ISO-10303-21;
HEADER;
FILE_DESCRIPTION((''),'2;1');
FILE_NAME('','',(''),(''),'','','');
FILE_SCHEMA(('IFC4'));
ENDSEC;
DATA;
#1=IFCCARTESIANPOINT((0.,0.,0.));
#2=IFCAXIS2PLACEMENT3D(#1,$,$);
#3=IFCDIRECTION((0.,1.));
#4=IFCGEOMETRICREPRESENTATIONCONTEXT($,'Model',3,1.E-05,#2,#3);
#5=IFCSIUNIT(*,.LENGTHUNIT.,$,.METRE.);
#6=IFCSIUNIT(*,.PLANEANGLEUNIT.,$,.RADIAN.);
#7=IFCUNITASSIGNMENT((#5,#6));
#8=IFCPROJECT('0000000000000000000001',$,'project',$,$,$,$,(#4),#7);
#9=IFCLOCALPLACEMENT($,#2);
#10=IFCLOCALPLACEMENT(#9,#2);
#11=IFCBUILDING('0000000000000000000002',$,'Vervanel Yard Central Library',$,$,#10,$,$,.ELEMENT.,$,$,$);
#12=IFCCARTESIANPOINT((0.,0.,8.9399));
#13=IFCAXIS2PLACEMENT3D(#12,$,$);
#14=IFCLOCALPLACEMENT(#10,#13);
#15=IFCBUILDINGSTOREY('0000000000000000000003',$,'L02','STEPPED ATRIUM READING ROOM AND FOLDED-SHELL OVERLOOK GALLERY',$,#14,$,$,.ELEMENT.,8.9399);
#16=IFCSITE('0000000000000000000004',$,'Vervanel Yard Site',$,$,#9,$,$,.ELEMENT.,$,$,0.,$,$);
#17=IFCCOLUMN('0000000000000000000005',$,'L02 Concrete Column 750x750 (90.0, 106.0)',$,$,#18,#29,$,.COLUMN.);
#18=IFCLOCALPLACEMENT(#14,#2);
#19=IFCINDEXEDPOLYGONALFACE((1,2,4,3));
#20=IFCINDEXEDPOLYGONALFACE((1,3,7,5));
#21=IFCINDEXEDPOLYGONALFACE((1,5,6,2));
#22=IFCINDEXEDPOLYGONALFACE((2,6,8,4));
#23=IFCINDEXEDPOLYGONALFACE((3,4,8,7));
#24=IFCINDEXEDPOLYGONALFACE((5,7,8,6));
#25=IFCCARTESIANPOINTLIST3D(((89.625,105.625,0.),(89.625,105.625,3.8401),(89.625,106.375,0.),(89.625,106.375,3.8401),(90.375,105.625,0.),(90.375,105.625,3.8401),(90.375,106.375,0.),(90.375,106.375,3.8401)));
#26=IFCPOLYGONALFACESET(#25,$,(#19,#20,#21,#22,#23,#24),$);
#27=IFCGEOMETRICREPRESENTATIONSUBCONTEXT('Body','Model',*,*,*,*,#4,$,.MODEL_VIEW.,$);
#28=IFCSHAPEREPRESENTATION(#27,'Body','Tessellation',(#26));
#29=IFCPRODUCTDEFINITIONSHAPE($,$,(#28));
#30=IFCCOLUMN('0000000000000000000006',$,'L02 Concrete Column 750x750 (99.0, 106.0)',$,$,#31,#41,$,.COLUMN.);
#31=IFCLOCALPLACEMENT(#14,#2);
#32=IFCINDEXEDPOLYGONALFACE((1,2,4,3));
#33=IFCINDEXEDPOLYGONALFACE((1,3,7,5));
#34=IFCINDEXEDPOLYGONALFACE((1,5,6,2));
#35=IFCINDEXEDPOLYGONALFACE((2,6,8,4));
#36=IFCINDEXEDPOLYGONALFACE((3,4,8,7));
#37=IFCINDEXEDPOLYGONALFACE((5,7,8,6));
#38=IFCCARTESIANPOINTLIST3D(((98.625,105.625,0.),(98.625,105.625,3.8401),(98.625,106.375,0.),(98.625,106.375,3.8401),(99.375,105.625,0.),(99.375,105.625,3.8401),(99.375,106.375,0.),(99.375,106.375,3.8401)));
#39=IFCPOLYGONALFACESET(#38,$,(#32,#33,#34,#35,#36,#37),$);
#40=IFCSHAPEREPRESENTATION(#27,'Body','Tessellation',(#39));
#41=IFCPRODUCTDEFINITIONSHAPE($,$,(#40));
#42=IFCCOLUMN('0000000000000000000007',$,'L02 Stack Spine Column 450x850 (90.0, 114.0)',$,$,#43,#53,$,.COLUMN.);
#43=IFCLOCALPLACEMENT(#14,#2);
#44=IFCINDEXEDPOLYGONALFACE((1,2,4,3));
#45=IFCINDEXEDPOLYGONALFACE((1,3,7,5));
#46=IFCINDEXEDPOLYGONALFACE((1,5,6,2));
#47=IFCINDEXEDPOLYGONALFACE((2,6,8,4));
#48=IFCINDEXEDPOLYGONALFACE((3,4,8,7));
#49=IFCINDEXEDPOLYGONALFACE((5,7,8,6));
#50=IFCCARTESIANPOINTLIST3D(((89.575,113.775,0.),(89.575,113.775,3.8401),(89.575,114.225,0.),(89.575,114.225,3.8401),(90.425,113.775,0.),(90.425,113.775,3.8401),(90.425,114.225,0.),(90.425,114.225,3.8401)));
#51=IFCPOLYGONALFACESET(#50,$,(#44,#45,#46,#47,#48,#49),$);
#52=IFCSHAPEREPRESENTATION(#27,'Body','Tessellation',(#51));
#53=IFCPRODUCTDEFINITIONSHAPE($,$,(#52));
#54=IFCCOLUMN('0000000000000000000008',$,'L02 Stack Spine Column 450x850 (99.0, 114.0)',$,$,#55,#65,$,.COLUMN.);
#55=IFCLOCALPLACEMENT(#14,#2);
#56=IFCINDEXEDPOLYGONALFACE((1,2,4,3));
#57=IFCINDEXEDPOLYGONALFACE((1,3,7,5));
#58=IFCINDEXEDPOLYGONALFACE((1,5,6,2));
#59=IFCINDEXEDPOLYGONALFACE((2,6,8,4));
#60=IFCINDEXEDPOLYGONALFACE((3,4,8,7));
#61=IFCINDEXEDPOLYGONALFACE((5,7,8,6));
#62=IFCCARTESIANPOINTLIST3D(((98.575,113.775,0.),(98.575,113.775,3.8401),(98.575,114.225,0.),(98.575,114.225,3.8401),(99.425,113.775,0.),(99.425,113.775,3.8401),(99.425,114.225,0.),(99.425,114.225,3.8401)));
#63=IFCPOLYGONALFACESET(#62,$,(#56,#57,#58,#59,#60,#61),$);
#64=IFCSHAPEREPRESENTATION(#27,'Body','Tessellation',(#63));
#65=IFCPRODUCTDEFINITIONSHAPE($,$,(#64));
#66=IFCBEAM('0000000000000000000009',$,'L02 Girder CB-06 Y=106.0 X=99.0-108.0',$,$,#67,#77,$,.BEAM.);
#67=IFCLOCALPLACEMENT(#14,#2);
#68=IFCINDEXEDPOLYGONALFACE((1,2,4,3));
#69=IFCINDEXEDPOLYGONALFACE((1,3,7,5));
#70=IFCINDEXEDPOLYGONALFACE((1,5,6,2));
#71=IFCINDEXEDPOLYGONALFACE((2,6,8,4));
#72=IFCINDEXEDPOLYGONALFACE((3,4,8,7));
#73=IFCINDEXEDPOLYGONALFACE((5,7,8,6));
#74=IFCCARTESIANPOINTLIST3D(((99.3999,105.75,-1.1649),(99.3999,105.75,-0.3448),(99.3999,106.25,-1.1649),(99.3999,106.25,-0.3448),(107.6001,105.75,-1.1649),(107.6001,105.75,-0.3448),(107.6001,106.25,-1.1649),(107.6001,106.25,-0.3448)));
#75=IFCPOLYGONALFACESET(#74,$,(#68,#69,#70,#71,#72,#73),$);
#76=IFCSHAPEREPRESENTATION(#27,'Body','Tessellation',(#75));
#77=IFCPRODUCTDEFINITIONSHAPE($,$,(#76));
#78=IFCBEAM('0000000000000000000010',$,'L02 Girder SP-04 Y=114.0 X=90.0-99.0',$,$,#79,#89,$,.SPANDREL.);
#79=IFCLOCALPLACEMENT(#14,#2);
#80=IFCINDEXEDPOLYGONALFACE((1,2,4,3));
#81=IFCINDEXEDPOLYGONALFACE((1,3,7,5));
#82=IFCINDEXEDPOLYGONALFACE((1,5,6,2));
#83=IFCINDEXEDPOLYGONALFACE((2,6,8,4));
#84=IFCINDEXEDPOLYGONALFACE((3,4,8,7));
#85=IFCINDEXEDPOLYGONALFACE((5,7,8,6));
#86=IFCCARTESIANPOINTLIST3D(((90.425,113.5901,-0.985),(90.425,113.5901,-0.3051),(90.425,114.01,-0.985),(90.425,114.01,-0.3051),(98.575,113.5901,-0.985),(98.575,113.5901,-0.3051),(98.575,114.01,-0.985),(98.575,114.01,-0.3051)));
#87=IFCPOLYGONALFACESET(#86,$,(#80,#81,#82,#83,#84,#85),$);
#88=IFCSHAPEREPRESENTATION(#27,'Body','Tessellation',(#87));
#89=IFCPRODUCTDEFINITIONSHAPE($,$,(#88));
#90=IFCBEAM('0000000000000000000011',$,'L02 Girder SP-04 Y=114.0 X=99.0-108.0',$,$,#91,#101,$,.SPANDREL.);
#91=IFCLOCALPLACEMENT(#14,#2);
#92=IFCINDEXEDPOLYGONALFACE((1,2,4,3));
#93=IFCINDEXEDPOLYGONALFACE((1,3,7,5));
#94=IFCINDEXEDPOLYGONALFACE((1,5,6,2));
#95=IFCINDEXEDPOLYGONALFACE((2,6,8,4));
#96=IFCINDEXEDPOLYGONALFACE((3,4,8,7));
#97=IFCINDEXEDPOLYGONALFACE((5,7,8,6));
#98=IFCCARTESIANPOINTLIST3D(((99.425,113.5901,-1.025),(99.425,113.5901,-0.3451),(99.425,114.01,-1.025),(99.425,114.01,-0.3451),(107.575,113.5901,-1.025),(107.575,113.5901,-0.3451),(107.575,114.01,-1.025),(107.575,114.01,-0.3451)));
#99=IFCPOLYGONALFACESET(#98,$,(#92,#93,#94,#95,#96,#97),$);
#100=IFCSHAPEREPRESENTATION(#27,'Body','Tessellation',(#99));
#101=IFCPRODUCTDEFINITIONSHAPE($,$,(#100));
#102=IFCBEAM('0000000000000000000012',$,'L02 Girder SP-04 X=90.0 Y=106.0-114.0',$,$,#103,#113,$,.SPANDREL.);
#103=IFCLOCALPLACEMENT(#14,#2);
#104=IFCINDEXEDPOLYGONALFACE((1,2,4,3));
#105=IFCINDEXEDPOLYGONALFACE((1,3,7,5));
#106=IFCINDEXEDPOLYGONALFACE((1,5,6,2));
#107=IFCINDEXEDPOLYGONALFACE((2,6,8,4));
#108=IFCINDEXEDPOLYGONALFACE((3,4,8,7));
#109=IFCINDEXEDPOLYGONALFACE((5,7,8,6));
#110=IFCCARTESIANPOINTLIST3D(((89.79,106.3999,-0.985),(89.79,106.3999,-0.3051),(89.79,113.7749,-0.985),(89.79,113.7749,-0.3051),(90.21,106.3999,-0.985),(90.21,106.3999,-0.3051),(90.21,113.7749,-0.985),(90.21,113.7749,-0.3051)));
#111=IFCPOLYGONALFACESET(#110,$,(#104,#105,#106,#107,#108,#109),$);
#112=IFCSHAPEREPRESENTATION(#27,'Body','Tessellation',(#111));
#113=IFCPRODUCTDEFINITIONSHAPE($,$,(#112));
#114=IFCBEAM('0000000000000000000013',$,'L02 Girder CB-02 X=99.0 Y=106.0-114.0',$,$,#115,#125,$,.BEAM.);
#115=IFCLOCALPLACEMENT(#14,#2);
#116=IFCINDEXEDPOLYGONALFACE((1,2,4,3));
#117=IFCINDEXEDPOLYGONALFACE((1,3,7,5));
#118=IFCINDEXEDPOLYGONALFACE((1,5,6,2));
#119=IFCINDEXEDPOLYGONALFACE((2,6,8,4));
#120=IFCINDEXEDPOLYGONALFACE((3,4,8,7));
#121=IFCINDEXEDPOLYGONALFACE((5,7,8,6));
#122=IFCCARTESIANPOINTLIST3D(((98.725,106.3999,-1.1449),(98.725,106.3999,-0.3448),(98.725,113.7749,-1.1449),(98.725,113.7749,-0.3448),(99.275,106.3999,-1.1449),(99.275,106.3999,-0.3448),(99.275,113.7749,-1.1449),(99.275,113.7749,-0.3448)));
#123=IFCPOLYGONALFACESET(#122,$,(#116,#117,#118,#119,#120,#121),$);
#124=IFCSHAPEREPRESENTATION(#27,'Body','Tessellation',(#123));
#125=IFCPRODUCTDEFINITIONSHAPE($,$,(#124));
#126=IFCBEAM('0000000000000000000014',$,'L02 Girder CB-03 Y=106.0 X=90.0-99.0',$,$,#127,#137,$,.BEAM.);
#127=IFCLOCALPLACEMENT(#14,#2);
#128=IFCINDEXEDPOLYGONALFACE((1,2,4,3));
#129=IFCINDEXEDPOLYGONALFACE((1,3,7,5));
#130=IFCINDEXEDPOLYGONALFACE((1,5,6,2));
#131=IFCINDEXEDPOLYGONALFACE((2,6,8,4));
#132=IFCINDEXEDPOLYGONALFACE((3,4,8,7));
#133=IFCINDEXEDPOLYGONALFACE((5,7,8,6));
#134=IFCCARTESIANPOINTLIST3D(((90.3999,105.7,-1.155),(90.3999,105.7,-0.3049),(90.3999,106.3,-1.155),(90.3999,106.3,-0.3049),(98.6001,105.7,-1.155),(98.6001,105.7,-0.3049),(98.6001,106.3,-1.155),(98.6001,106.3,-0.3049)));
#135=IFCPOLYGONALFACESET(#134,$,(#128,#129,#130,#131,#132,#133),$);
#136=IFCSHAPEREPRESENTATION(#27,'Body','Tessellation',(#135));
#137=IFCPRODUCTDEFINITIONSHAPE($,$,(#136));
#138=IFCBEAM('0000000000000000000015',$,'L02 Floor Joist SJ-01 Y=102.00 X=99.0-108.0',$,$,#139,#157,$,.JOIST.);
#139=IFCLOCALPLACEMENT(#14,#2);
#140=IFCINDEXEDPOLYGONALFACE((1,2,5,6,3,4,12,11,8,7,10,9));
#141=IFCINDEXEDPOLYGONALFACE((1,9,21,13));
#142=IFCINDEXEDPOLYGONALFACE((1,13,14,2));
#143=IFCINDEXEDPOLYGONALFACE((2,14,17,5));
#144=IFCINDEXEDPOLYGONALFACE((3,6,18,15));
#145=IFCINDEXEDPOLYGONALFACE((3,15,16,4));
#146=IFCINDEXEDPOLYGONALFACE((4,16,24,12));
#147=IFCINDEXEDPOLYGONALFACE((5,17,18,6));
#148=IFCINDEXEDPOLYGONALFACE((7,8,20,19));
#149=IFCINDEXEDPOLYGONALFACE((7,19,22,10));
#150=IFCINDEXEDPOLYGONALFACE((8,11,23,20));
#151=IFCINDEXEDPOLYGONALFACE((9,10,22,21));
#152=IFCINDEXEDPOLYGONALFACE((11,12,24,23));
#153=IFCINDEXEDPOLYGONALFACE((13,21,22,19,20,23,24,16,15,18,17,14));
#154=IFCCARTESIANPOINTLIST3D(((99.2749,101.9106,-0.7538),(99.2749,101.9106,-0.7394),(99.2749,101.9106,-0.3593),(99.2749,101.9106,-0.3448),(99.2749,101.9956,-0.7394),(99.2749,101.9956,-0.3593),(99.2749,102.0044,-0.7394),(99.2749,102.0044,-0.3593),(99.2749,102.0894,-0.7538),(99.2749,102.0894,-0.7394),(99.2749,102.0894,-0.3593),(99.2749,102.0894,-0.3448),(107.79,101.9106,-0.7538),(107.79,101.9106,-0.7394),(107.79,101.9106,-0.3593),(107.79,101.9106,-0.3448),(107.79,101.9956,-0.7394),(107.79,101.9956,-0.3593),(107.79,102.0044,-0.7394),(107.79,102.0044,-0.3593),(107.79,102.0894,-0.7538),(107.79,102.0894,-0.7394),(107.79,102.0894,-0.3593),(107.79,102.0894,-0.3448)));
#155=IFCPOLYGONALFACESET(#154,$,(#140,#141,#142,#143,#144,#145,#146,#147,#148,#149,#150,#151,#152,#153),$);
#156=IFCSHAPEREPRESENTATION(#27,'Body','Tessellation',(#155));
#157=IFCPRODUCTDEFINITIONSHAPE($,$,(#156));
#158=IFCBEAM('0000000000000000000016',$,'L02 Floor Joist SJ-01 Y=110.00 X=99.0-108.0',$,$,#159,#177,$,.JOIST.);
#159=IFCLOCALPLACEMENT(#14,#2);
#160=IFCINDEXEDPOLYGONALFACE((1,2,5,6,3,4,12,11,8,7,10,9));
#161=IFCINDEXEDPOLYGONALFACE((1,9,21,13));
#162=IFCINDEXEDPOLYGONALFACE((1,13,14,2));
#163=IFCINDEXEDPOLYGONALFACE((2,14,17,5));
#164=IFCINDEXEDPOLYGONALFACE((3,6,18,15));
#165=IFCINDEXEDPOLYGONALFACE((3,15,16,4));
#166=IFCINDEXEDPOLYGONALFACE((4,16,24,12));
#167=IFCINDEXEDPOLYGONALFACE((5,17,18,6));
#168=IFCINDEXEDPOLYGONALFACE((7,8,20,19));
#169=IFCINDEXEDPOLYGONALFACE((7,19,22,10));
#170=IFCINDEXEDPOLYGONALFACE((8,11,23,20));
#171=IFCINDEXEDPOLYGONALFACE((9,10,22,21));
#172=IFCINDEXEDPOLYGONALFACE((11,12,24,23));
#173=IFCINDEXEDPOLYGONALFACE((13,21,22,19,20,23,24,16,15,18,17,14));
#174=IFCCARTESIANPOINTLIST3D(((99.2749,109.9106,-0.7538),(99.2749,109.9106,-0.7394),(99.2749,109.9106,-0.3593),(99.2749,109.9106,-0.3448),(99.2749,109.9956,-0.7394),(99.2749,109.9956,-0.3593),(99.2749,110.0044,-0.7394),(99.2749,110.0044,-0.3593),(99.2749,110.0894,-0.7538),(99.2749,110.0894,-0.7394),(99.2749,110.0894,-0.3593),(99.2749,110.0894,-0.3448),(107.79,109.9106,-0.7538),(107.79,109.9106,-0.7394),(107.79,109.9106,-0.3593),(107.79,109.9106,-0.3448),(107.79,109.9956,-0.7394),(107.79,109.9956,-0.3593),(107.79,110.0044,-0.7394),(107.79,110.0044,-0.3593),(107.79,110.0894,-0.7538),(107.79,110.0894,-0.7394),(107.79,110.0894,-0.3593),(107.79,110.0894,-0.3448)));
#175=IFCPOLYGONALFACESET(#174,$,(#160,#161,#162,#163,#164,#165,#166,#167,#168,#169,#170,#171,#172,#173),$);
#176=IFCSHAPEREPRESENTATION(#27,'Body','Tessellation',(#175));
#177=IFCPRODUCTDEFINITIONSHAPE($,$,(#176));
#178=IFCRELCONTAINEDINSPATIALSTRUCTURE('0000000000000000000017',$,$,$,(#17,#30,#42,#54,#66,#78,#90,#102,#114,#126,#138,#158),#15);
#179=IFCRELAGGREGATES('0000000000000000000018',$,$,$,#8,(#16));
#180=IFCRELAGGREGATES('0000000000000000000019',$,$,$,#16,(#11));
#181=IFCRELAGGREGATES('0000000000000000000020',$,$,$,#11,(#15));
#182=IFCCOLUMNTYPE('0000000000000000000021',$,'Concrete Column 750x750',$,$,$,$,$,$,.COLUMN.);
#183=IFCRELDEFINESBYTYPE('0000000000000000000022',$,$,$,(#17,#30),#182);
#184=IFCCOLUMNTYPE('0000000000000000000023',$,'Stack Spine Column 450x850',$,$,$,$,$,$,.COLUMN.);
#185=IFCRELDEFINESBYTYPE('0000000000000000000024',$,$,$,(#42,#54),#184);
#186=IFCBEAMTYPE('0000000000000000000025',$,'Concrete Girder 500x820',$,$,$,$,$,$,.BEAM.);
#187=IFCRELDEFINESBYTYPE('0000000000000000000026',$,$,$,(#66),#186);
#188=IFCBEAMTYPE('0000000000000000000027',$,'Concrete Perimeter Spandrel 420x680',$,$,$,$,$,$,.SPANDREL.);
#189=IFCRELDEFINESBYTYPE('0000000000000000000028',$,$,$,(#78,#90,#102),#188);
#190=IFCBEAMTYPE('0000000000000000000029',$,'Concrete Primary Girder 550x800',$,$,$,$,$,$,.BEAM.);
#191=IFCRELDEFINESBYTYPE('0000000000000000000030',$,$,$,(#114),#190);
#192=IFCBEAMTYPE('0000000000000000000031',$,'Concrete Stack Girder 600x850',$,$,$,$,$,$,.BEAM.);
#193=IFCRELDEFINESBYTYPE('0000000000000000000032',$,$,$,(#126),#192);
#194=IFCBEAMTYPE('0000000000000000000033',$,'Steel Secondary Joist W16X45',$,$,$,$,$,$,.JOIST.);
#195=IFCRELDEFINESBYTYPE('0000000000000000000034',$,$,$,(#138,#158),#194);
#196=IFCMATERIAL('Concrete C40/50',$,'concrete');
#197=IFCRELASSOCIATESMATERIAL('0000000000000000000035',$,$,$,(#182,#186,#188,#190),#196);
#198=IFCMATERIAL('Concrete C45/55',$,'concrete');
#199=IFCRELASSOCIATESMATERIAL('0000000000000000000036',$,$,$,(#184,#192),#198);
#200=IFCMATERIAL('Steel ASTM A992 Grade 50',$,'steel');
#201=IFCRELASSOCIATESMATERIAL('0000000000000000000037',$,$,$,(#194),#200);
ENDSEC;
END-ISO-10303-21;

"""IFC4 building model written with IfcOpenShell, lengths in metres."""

from ifc_helpers import new_model, si_unit, direction, frame, origin, origin_2d, place, context, subcontext, project, spatial, rectangle, i_section, extrude, material, material_profile, profile_set, type_object, element, save


model = new_model("IFC4")

# Units and contexts
model_context = context("Model", 3, precision=1e-05, world=origin(), true_north=direction((0.0, 1.0)))
body_context = subcontext(model_context, "Body", "Model", "MODEL_VIEW")
ifc_project = project(units=[si_unit("LENGTHUNIT", "METRE"), si_unit("PLANEANGLEUNIT", "RADIAN")], contexts=[model_context])

# Site, building, storey
site_placement = place(None, origin())
site = spatial("IfcSite", under=ifc_project, at=site_placement, Name="Vervanel Yard Site", CompositionType="ELEMENT", RefElevation=0.0)
building_placement = place(site_placement, origin())
building = spatial("IfcBuilding", under=site, at=building_placement, Name="Vervanel Yard Central Library", CompositionType="ELEMENT")
storey_placement = place(building_placement, frame((0.0, 0.0, 8.9399)))
storey = spatial("IfcBuildingStorey", under=building, at=storey_placement, Name="L02", Description="STEPPED ATRIUM READING ROOM AND FOLDED-SHELL OVERLOOK GALLERY", CompositionType="ELEMENT", Elevation=8.9399)

# Columns
ifc_material_1 = material(Name="Concrete C40/50", Category="concrete")
ifc_material_profile_1 = material_profile(ifc_material_1, rectangle(XDim=0.75, YDim=0.75, at=origin_2d()), Name="RC 750x750", Category="concrete")
ifc_profile_set_1 = profile_set([ifc_material_profile_1], Name="Concrete C40/50")
column_type_1 = type_object("IfcColumnType", Name="Concrete Column 750x750", PredefinedType="COLUMN", material=ifc_profile_set_1)
for number, where, z_axis, x_axis, name in (
    (1, (90.0, 106.0, 0.0), (0.0, 0.0, 1.0), (1.0, 0.0, 0.0), "L02 Concrete Column 750x750 (90.0, 106.0)"),
    (2, (99.0, 106.0, 0.0), (0.0, 0.0, 1.0), (1.0, 0.0, 0.0), "L02 Concrete Column 750x750 (99.0, 106.0)"),
):
    element("IfcColumn", number, at=place(storey_placement, frame(where, z_axis=z_axis, x_axis=x_axis)), inside=storey, type_object=column_type_1, Name=name, PredefinedType="COLUMN", context=body_context, shape_type="SweptSolid", body=[
        extrude(rectangle(XDim=0.75, YDim=0.75, at=origin_2d()), origin(), (0.0, 0.0, 1.0), 3.8401),
    ])
ifc_material_2 = material(Name="Concrete C45/55", Category="concrete")
ifc_material_profile_2 = material_profile(ifc_material_2, rectangle(XDim=0.45, YDim=0.8501, at=origin_2d()), Name="RC 450x850", Category="concrete")
ifc_profile_set_2 = profile_set([ifc_material_profile_2], Name="Concrete C45/55")
column_type_2 = type_object("IfcColumnType", Name="Stack Spine Column 450x850", PredefinedType="COLUMN", material=ifc_profile_set_2)
for number, where, z_axis, x_axis, name in (
    (3, (90.0, 114.0, 0.0), (0.0, 0.0, 1.0), (0.0, 1.0, 0.0), "L02 Stack Spine Column 450x850 (90.0, 114.0)"),
    (4, (99.0, 114.0, 0.0), (0.0, 0.0, 1.0), (0.0, 1.0, 0.0), "L02 Stack Spine Column 450x850 (99.0, 114.0)"),
):
    element("IfcColumn", number, at=place(storey_placement, frame(where, z_axis=z_axis, x_axis=x_axis)), inside=storey, type_object=column_type_2, Name=name, PredefinedType="COLUMN", context=body_context, shape_type="SweptSolid", body=[
        extrude(rectangle(XDim=0.45, YDim=0.8501, at=origin_2d()), origin(), (0.0, 0.0, 1.0), 3.8401),
    ])

# Beams
ifc_material_profile_3 = material_profile(ifc_material_1, rectangle(XDim=0.5, YDim=0.8201, at=origin_2d()), Name="RC 500x820", Category="concrete")
ifc_profile_set_3 = profile_set([ifc_material_profile_3], Name="Concrete C40/50")
beam_type_1 = type_object("IfcBeamType", Name="Concrete Girder 500x820", PredefinedType="BEAM", material=ifc_profile_set_3)
beam_1_placement = place(storey_placement, frame((99.3999, 106.0, -0.7549), z_axis=(1.0, 0.0, 0.0), x_axis=(0.0, 1.0, 0.0)))
element("IfcBeam", 5, at=beam_1_placement, inside=storey, type_object=beam_type_1, Name="L02 Girder CB-06 Y=106.0 X=99.0-108.0", PredefinedType="BEAM", context=body_context, shape_type="SweptSolid", body=[
    extrude(rectangle(XDim=0.5, YDim=0.8201, at=origin_2d()), origin(), (0.0, 0.0, 1.0), 8.2002),
])
ifc_material_profile_4 = material_profile(ifc_material_1, rectangle(XDim=0.4199, YDim=0.6799, at=origin_2d()), Name="RC 420x680", Category="concrete")
ifc_profile_set_4 = profile_set([ifc_material_profile_4], Name="Concrete C40/50")
beam_type_2 = type_object("IfcBeamType", Name="Concrete Perimeter Spandrel 420x680", PredefinedType="SPANDREL", material=ifc_profile_set_4)
for number, where, z_axis, x_axis, name in (
    (6, (90.425, 113.8, -0.645), (1.0, 0.0, 0.0), (0.0, 1.0, 0.0), "L02 Girder SP-04 Y=114.0 X=90.0-99.0"),
    (7, (99.425, 113.8, -0.6851), (1.0, 0.0, 0.0), (0.0, 1.0, 0.0), "L02 Girder SP-04 Y=114.0 X=99.0-108.0"),
):
    element("IfcBeam", number, at=place(storey_placement, frame(where, z_axis=z_axis, x_axis=x_axis)), inside=storey, type_object=beam_type_2, Name=name, PredefinedType="SPANDREL", context=body_context, shape_type="SweptSolid", body=[
        extrude(rectangle(XDim=0.4199, YDim=0.6799, at=origin_2d()), origin(), (0.0, 0.0, 1.0), 8.1499),
    ])
beam_2_placement = place(storey_placement, frame((90.0, 106.3999, -0.645), z_axis=(0.0, 1.0, 0.0), x_axis=(-1.0, 0.0, 0.0)))
element("IfcBeam", 8, at=beam_2_placement, inside=storey, type_object=beam_type_2, Name="L02 Girder SP-04 X=90.0 Y=106.0-114.0", PredefinedType="SPANDREL", context=body_context, shape_type="SweptSolid", body=[
    extrude(rectangle(XDim=0.4199, YDim=0.6799, at=origin_2d()), origin(), (0.0, 0.0, 1.0), 7.375),
])
ifc_material_profile_5 = material_profile(ifc_material_1, rectangle(XDim=0.55, YDim=0.8, at=origin_2d()), Name="RC 550x800", Category="concrete")
ifc_profile_set_5 = profile_set([ifc_material_profile_5], Name="Concrete C40/50")
beam_type_3 = type_object("IfcBeamType", Name="Concrete Primary Girder 550x800", PredefinedType="BEAM", material=ifc_profile_set_5)
beam_3_placement = place(storey_placement, frame((99.0, 106.3999, -0.7449), z_axis=(0.0, 1.0, 0.0), x_axis=(-1.0, 0.0, 0.0)))
element("IfcBeam", 9, at=beam_3_placement, inside=storey, type_object=beam_type_3, Name="L02 Girder CB-02 X=99.0 Y=106.0-114.0", PredefinedType="BEAM", context=body_context, shape_type="SweptSolid", body=[
    extrude(rectangle(XDim=0.55, YDim=0.8, at=origin_2d()), origin(), (0.0, 0.0, 1.0), 7.375),
])
ifc_material_profile_6 = material_profile(ifc_material_2, rectangle(XDim=0.6001, YDim=0.8501, at=origin_2d()), Name="RC 600x850", Category="concrete")
ifc_profile_set_6 = profile_set([ifc_material_profile_6], Name="Concrete C45/55")
beam_type_4 = type_object("IfcBeamType", Name="Concrete Stack Girder 600x850", PredefinedType="BEAM", material=ifc_profile_set_6)
beam_4_placement = place(storey_placement, frame((90.3999, 106.0, -0.73), z_axis=(1.0, 0.0, 0.0), x_axis=(0.0, 1.0, 0.0)))
element("IfcBeam", 10, at=beam_4_placement, inside=storey, type_object=beam_type_4, Name="L02 Girder CB-03 Y=106.0 X=90.0-99.0", PredefinedType="BEAM", context=body_context, shape_type="SweptSolid", body=[
    extrude(rectangle(XDim=0.6001, YDim=0.8501, at=origin_2d()), origin(), (0.0, 0.0, 1.0), 8.2002),
])
ifc_material_3 = material(Name="Steel ASTM A992 Grade 50", Category="steel")
ifc_material_profile_7 = material_profile(ifc_material_3, i_section(OverallWidth=0.1787, OverallDepth=0.4089, WebThickness=0.0088, FlangeThickness=0.0144, at=origin_2d()), Name="W16X45", Category="steel")
ifc_profile_set_7 = profile_set([ifc_material_profile_7], Name="Steel ASTM A992 Grade 50")
beam_type_5 = type_object("IfcBeamType", Name="Steel Secondary Joist W16X45", PredefinedType="JOIST", material=ifc_profile_set_7)
for number, where, z_axis, x_axis, name in (
    (11, (99.2749, 102.0, -0.5493), (1.0, 0.0, 0.0), (0.0, 1.0, 0.0), "L02 Floor Joist SJ-01 Y=102.00 X=99.0-108.0"),
    (12, (99.2749, 110.0, -0.5493), (1.0, 0.0, 0.0), (0.0, 1.0, 0.0), "L02 Floor Joist SJ-01 Y=110.00 X=99.0-108.0"),
):
    element("IfcBeam", number, at=place(storey_placement, frame(where, z_axis=z_axis, x_axis=x_axis)), inside=storey, type_object=beam_type_5, Name=name, PredefinedType="JOIST", context=body_context, shape_type="SweptSolid", body=[
        extrude(i_section(OverallWidth=0.1787, OverallDepth=0.4089, WebThickness=0.0088, FlangeThickness=0.0144, at=origin_2d()), origin(), (0.0, 0.0, 1.0), 8.5151),
    ])

save(model, "model.ifc")
